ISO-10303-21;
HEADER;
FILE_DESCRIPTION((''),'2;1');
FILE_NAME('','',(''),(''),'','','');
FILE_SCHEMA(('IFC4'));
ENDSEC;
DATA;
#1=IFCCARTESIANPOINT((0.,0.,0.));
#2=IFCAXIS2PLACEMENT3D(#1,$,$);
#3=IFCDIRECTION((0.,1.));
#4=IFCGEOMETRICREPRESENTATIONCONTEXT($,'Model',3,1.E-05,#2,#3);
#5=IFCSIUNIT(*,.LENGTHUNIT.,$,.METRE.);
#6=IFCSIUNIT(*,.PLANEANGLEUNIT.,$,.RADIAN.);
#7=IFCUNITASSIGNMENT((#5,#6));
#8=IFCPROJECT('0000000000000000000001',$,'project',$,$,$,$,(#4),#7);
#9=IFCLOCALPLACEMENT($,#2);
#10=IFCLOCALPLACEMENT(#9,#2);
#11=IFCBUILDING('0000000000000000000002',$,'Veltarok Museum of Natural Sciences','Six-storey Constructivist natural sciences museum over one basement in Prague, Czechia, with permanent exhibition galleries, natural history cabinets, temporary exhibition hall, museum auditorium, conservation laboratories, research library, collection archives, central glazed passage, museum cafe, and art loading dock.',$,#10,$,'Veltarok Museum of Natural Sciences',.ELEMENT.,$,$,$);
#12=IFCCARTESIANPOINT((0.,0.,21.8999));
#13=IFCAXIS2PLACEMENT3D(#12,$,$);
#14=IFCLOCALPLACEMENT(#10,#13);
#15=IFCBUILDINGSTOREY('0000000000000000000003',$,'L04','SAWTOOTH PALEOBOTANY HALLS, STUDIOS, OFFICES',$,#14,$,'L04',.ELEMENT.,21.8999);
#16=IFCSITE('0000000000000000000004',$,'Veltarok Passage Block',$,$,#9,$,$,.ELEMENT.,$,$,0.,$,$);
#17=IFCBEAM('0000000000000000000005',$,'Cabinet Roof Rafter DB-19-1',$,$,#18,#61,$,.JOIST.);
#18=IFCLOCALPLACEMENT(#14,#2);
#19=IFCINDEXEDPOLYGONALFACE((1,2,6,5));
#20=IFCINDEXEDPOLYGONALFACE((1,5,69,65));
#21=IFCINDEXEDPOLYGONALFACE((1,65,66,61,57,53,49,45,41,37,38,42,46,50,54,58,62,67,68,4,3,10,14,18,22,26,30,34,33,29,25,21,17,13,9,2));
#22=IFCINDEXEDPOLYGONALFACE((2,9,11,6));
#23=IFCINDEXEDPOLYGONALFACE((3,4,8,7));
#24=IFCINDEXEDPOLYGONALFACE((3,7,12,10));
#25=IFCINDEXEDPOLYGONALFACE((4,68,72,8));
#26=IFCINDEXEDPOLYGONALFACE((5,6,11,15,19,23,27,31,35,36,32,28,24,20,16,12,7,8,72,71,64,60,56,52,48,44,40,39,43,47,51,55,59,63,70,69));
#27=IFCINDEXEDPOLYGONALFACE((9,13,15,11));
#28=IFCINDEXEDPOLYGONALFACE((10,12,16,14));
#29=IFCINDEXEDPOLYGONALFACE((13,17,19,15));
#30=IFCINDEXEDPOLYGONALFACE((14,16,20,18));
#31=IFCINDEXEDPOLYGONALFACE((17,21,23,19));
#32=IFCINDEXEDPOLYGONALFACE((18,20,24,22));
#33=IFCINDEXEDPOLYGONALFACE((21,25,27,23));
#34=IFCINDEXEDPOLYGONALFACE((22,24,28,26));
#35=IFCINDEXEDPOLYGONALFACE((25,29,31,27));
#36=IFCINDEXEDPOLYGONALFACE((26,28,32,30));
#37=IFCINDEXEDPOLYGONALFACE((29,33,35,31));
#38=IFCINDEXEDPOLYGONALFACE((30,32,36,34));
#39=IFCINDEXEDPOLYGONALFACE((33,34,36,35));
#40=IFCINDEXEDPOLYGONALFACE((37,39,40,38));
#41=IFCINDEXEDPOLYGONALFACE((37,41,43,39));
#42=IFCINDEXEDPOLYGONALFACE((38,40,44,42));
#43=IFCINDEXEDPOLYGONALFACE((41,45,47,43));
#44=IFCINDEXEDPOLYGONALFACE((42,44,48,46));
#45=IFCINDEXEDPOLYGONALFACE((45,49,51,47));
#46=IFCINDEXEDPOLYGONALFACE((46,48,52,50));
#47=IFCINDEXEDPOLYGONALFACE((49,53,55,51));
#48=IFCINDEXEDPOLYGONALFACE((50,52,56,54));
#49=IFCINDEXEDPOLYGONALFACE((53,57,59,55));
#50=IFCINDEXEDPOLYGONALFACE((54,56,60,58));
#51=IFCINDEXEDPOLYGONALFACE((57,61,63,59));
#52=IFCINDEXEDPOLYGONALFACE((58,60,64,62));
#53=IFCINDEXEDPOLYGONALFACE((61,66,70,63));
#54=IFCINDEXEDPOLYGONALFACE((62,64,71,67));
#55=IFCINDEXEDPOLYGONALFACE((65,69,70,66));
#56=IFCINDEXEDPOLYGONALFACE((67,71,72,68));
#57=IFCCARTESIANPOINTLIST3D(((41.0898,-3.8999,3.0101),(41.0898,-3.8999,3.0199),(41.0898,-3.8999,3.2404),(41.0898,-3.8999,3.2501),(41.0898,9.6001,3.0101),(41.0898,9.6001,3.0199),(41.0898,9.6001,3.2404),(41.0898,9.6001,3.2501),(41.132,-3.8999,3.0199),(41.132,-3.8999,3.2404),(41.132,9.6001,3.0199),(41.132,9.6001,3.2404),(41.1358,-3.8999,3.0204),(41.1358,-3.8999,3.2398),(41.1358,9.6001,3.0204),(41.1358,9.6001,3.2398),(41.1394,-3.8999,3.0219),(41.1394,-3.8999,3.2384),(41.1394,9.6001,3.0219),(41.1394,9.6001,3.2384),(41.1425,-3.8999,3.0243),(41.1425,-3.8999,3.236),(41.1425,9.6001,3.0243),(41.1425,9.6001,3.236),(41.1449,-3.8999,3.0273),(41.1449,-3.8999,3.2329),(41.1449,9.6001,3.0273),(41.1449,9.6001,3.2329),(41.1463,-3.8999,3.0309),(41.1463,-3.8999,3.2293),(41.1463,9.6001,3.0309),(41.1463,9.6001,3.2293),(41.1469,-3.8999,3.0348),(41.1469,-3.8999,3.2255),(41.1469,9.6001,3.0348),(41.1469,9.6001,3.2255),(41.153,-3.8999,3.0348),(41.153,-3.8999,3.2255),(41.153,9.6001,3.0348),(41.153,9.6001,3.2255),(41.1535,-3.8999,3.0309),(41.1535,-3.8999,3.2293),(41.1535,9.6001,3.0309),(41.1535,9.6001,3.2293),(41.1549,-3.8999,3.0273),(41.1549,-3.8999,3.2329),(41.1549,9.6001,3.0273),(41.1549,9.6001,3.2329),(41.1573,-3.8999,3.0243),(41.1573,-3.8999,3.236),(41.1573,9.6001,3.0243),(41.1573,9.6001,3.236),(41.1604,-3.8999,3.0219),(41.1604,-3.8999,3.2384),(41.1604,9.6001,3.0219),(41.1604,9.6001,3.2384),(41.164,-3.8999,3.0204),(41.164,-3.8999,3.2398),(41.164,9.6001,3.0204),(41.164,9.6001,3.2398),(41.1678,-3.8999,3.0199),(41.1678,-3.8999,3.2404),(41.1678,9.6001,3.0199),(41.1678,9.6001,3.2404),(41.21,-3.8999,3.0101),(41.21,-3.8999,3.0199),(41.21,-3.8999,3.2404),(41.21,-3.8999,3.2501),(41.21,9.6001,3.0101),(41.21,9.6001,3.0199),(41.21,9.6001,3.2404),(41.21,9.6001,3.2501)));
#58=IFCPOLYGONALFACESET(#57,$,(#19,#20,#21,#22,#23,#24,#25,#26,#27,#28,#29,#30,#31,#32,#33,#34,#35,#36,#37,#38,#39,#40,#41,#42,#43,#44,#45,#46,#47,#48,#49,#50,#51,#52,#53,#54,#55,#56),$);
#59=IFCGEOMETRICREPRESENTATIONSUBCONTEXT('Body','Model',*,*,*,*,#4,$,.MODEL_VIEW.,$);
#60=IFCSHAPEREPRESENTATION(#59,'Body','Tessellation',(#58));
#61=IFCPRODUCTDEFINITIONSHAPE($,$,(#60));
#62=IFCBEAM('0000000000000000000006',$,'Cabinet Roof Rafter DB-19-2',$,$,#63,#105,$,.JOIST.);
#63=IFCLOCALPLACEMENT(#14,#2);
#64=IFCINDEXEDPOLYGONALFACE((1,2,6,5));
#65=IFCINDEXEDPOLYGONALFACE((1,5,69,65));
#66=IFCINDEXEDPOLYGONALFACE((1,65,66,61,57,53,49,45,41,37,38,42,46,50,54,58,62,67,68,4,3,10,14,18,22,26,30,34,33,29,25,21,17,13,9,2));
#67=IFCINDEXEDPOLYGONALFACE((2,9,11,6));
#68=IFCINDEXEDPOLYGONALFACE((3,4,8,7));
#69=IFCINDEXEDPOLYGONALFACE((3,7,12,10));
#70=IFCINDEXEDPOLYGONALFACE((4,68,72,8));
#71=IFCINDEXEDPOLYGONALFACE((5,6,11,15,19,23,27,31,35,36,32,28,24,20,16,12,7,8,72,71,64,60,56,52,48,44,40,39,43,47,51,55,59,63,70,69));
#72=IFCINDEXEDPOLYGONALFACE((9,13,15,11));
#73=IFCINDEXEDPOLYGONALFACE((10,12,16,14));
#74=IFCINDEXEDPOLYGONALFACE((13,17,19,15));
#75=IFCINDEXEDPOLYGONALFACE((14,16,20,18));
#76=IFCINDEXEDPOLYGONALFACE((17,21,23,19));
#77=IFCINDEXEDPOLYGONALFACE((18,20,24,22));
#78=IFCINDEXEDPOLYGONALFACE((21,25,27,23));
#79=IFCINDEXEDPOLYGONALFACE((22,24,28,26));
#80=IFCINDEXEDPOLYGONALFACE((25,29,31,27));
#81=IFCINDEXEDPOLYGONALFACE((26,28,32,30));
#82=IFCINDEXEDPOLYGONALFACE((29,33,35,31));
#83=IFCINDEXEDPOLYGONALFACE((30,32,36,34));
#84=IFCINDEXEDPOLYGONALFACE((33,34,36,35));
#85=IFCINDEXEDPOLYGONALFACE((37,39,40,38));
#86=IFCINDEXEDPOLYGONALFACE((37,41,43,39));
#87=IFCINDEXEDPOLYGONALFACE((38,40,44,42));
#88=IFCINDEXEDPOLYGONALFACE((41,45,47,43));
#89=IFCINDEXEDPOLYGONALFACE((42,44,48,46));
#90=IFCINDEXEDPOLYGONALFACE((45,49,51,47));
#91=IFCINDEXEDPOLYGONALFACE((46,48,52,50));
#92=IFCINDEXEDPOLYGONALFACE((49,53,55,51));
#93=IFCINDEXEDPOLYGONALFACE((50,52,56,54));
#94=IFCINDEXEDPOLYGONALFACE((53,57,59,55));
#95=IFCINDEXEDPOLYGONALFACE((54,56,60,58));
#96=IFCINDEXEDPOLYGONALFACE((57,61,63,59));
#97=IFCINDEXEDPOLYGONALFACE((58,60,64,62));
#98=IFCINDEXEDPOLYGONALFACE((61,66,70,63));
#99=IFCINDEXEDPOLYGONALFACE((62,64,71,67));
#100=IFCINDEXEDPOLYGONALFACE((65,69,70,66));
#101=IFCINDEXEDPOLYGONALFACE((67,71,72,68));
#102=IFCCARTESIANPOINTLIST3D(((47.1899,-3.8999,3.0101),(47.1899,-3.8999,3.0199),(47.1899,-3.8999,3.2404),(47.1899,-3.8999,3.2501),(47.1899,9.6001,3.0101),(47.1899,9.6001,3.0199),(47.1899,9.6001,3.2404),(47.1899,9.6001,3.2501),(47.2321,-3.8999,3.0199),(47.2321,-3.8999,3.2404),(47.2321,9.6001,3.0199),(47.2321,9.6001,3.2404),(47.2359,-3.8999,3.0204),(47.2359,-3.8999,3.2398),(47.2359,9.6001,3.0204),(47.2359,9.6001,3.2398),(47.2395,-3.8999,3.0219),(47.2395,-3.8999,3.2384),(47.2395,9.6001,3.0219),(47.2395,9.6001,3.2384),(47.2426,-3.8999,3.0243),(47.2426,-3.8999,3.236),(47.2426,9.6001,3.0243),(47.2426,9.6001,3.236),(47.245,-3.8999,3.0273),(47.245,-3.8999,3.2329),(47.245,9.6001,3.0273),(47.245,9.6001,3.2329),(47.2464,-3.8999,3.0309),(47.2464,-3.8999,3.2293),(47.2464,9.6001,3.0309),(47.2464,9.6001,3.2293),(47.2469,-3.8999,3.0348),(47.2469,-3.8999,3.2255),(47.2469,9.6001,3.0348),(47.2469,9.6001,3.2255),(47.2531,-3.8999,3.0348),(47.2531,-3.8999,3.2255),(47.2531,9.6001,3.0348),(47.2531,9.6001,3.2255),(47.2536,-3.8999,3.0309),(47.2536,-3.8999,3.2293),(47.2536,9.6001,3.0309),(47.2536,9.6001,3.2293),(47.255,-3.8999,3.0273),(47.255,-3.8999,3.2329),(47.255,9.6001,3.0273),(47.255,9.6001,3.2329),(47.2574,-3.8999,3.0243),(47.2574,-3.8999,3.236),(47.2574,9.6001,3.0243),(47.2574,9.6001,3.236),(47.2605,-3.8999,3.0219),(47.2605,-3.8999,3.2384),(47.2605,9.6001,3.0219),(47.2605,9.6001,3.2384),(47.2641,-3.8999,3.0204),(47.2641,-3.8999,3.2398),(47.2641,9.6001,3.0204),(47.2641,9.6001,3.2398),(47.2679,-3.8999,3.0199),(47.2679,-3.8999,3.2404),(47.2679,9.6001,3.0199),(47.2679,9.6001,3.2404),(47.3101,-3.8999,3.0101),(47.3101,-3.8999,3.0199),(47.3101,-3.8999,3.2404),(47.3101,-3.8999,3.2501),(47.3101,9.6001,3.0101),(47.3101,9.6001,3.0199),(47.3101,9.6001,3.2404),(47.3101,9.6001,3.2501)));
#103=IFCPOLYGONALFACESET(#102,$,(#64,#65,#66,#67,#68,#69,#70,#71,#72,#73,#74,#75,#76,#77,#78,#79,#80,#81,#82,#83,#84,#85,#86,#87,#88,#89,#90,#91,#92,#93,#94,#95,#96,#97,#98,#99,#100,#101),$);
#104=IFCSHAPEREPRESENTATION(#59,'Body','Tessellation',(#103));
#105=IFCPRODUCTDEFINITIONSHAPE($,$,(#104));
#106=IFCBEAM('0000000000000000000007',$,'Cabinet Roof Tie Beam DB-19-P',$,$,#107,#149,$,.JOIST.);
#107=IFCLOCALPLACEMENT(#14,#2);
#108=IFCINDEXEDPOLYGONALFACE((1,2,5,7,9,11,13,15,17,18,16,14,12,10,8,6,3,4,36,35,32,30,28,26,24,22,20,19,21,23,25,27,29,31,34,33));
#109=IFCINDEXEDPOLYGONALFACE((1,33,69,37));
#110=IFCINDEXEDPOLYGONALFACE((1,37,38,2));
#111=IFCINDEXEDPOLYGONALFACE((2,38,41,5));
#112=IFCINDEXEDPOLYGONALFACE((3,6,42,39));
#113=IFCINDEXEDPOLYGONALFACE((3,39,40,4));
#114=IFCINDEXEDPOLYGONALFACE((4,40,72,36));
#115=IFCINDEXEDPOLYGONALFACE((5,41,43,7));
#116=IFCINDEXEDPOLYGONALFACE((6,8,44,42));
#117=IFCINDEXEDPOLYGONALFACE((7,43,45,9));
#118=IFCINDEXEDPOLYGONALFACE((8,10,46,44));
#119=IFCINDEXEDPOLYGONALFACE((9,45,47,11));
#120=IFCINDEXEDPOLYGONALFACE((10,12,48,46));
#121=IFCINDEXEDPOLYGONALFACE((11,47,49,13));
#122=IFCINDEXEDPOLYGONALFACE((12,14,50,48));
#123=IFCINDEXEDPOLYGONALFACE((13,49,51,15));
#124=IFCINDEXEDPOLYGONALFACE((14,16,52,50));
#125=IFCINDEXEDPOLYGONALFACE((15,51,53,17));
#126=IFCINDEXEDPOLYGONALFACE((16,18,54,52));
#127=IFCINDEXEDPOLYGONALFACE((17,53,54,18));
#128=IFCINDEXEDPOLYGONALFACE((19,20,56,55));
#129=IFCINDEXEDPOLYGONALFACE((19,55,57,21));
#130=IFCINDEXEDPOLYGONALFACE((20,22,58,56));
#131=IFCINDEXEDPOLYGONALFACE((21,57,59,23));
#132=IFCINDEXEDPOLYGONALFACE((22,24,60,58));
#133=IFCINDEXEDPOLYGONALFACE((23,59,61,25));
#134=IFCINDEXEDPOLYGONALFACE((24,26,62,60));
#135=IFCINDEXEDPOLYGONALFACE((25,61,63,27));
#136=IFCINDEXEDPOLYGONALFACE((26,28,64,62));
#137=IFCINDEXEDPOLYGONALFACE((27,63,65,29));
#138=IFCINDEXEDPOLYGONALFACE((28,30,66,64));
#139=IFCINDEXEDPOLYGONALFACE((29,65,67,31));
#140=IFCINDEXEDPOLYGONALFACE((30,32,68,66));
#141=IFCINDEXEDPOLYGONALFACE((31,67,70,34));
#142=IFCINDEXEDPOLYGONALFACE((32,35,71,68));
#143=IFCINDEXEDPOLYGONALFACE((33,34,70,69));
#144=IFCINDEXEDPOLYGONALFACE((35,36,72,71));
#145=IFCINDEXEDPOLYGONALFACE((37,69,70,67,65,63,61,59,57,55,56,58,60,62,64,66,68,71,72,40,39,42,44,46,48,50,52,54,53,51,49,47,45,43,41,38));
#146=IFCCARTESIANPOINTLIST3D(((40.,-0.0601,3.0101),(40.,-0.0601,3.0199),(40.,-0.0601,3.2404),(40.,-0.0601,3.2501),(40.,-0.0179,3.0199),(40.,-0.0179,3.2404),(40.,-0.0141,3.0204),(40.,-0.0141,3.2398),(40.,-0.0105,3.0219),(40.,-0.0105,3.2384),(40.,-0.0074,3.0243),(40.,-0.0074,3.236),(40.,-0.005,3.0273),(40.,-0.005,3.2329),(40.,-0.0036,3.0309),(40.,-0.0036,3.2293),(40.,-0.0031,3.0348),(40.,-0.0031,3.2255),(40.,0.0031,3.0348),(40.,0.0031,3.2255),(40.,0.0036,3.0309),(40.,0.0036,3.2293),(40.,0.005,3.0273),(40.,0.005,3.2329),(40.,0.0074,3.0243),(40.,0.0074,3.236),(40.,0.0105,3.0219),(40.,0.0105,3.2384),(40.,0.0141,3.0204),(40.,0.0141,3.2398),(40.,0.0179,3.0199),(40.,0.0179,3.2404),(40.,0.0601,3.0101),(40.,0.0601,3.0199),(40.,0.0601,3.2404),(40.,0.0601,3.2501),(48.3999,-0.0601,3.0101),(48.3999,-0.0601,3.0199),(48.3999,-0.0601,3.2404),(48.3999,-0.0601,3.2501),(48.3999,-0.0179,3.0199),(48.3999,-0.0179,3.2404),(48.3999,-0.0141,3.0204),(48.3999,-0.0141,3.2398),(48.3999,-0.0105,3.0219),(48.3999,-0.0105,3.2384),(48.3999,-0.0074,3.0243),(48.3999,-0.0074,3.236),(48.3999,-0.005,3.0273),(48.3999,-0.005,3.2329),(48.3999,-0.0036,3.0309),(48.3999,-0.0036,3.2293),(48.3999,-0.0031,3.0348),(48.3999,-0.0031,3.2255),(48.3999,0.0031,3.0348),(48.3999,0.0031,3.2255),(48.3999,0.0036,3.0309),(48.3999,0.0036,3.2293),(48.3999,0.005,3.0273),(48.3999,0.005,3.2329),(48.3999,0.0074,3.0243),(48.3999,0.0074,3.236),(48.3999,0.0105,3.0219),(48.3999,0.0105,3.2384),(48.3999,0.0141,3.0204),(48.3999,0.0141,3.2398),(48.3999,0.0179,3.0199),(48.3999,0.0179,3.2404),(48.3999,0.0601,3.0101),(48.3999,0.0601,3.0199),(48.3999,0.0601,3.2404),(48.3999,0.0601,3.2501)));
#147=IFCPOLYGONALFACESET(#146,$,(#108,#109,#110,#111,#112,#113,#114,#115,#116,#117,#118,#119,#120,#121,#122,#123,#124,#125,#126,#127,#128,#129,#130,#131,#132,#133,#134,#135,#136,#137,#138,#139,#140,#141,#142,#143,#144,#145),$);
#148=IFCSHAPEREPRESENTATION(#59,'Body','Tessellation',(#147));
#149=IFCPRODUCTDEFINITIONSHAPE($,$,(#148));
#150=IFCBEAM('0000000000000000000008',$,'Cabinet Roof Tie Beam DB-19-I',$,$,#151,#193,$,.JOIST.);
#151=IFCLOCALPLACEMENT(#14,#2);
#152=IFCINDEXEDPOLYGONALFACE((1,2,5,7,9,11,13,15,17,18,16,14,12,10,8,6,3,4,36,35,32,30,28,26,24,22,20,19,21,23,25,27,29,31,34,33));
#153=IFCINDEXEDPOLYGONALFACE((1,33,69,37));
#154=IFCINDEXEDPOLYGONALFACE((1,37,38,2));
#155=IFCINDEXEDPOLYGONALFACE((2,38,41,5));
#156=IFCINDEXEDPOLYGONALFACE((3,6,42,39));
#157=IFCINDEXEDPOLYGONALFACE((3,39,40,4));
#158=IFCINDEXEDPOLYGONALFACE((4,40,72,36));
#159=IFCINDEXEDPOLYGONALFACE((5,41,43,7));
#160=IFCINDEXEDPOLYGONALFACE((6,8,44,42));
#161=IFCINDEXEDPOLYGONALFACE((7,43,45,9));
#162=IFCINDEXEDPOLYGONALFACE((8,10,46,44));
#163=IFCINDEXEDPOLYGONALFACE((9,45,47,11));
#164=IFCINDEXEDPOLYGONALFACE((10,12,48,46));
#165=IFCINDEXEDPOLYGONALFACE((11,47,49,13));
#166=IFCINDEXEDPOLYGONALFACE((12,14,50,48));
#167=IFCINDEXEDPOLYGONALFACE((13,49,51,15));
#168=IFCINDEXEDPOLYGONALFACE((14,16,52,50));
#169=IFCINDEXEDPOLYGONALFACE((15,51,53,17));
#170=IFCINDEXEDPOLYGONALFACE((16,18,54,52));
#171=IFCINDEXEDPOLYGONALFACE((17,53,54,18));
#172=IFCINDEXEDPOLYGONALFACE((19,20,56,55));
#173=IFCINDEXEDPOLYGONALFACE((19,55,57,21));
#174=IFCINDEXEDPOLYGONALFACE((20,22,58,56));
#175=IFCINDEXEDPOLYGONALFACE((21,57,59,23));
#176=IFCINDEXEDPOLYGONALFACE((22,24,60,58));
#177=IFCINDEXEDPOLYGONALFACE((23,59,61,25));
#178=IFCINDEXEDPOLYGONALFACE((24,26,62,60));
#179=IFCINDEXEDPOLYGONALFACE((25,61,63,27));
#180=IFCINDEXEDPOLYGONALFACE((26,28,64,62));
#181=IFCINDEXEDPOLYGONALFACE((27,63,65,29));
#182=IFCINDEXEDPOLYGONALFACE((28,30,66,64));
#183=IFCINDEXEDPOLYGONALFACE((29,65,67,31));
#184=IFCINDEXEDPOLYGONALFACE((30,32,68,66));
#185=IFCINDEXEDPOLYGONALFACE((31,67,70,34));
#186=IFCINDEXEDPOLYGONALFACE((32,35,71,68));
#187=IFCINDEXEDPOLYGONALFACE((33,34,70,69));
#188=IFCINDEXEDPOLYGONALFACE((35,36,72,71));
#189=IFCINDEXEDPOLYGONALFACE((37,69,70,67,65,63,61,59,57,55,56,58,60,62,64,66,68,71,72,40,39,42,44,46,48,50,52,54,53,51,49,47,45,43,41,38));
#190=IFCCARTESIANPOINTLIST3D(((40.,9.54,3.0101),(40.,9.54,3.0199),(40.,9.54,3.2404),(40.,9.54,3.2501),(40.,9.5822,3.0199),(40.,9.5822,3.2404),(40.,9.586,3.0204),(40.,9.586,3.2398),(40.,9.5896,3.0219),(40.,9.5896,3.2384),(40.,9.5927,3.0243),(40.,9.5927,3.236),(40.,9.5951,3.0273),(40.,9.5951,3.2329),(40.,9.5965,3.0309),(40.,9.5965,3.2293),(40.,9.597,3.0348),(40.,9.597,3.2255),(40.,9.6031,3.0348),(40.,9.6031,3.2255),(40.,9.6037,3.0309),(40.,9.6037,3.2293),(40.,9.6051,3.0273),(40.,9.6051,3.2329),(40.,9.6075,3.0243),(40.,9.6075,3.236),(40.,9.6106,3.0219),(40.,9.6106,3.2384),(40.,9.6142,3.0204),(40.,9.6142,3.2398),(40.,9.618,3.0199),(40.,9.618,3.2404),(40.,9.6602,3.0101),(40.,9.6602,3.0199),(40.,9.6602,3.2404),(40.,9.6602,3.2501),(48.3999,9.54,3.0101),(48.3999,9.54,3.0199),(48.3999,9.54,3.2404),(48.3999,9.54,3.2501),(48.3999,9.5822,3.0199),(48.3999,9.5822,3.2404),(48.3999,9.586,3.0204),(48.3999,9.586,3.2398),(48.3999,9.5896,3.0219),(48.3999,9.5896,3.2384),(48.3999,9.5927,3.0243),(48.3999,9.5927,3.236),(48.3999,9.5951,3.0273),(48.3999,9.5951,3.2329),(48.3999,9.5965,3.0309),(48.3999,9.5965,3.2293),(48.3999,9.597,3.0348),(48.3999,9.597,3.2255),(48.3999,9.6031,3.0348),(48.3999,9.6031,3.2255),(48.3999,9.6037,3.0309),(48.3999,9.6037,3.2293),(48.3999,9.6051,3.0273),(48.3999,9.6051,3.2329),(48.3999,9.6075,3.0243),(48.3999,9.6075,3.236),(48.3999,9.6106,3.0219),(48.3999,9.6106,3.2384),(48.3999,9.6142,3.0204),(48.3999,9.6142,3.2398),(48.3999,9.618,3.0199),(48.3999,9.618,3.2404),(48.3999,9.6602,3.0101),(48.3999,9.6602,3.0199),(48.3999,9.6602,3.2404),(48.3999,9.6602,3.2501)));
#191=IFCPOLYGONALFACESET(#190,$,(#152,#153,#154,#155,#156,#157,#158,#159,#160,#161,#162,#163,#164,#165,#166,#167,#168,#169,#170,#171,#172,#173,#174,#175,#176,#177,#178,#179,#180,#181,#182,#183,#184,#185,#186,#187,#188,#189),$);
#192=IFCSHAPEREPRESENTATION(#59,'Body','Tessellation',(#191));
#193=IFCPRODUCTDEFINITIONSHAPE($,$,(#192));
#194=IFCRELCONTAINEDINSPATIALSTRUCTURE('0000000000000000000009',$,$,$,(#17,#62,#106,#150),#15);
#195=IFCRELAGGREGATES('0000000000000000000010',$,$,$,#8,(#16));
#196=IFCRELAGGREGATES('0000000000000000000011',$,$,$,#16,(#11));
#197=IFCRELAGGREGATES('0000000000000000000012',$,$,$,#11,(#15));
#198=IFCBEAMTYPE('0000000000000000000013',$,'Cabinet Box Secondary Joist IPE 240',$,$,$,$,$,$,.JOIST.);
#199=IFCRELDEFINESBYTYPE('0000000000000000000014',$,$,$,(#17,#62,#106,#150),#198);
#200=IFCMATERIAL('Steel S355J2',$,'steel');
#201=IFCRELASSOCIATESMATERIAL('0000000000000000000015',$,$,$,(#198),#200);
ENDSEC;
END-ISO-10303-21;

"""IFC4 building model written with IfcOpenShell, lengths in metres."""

from ifc_helpers import new_model, si_unit, direction, frame, origin, origin_2d, place, context, subcontext, project, spatial, i_section, extrude, material, material_profile, profile_set, type_object, element, save


model = new_model("IFC4")

# Units and contexts
model_context = context("Model", 3, precision=1e-05, world=origin(), true_north=direction((0.0, 1.0)))
body_context = subcontext(model_context, "Body", "Model", "MODEL_VIEW")
ifc_project = project(units=[si_unit("LENGTHUNIT", "METRE"), si_unit("PLANEANGLEUNIT", "RADIAN")], contexts=[model_context])

# Site, building, storey
site_placement = place(None, origin())
site = spatial("IfcSite", under=ifc_project, at=site_placement, Name="Veltarok Passage Block", CompositionType="ELEMENT", RefElevation=0.0)
building_placement = place(site_placement, origin())
building = spatial("IfcBuilding", under=site, at=building_placement, Name="Veltarok Museum of Natural Sciences", Description="Six-storey Constructivist natural sciences museum over one basement in Prague, Czechia, with permanent exhibition galleries, natural history cabinets, temporary exhibition hall, museum auditorium, conservation laboratories, research library, collection archives, central glazed passage, museum cafe, and art loading dock.", LongName="Veltarok Museum of Natural Sciences", CompositionType="ELEMENT")
storey_placement = place(building_placement, frame((0.0, 0.0, 21.8999)))
storey = spatial("IfcBuildingStorey", under=building, at=storey_placement, Name="L04", Description="SAWTOOTH PALEOBOTANY HALLS, STUDIOS, OFFICES", LongName="L04", CompositionType="ELEMENT", Elevation=21.8999)

# Shared definitions
ifc_material_1 = material(Name="Steel S355J2", Category="steel")

# Beams
ifc_material_profile_1 = material_profile(ifc_material_1, i_section(OverallWidth=0.1201, OverallDepth=0.24, WebThickness=0.0061, FlangeThickness=0.0098, FilletRadius=0.0149, at=origin_2d()), Name="IPE 240")
ifc_profile_set_1 = profile_set([ifc_material_profile_1], Name="Steel S355J2")
beam_type_1 = type_object("IfcBeamType", Name="Cabinet Box Secondary Joist IPE 240", PredefinedType="JOIST", material=ifc_profile_set_1)
for number, where, z_axis, x_axis, name in (
    (1, (41.1499, -3.8999, 3.1301), (0.0, 1.0, 0.0), (-1.0, 0.0, 0.0), "Cabinet Roof Rafter DB-19-1"),
    (2, (47.25, -3.8999, 3.1301), (0.0, 1.0, 0.0), (-1.0, 0.0, 0.0), "Cabinet Roof Rafter DB-19-2"),
):
    element("IfcBeam", number, at=place(storey_placement, frame(where, z_axis=z_axis, x_axis=x_axis)), inside=storey, type_object=beam_type_1, Name=name, PredefinedType="JOIST", context=body_context, shape_type="SweptSolid", body=[
        extrude(i_section(OverallWidth=0.1201, OverallDepth=0.24, WebThickness=0.0061, FlangeThickness=0.0098, FilletRadius=0.0149, at=origin_2d()), origin(), (0.0, 0.0, 1.0), 13.5),
    ])
for number, where, z_axis, x_axis, name in (
    (3, (40.0, 0.0, 3.1301), (1.0, 0.0, 0.0), (0.0, 1.0, 0.0), "Cabinet Roof Tie Beam DB-19-P"),
    (4, (40.0, 9.6001, 3.1301), (1.0, 0.0, 0.0), (0.0, 1.0, 0.0), "Cabinet Roof Tie Beam DB-19-I"),
):
    element("IfcBeam", number, at=place(storey_placement, frame(where, z_axis=z_axis, x_axis=x_axis)), inside=storey, type_object=beam_type_1, Name=name, PredefinedType="JOIST", context=body_context, shape_type="SweptSolid", body=[
        extrude(i_section(OverallWidth=0.1201, OverallDepth=0.24, WebThickness=0.0061, FlangeThickness=0.0098, FilletRadius=0.0149, at=origin_2d()), origin(), (0.0, 0.0, 1.0), 8.3999),
    ])

save(model, "model.ifc")
